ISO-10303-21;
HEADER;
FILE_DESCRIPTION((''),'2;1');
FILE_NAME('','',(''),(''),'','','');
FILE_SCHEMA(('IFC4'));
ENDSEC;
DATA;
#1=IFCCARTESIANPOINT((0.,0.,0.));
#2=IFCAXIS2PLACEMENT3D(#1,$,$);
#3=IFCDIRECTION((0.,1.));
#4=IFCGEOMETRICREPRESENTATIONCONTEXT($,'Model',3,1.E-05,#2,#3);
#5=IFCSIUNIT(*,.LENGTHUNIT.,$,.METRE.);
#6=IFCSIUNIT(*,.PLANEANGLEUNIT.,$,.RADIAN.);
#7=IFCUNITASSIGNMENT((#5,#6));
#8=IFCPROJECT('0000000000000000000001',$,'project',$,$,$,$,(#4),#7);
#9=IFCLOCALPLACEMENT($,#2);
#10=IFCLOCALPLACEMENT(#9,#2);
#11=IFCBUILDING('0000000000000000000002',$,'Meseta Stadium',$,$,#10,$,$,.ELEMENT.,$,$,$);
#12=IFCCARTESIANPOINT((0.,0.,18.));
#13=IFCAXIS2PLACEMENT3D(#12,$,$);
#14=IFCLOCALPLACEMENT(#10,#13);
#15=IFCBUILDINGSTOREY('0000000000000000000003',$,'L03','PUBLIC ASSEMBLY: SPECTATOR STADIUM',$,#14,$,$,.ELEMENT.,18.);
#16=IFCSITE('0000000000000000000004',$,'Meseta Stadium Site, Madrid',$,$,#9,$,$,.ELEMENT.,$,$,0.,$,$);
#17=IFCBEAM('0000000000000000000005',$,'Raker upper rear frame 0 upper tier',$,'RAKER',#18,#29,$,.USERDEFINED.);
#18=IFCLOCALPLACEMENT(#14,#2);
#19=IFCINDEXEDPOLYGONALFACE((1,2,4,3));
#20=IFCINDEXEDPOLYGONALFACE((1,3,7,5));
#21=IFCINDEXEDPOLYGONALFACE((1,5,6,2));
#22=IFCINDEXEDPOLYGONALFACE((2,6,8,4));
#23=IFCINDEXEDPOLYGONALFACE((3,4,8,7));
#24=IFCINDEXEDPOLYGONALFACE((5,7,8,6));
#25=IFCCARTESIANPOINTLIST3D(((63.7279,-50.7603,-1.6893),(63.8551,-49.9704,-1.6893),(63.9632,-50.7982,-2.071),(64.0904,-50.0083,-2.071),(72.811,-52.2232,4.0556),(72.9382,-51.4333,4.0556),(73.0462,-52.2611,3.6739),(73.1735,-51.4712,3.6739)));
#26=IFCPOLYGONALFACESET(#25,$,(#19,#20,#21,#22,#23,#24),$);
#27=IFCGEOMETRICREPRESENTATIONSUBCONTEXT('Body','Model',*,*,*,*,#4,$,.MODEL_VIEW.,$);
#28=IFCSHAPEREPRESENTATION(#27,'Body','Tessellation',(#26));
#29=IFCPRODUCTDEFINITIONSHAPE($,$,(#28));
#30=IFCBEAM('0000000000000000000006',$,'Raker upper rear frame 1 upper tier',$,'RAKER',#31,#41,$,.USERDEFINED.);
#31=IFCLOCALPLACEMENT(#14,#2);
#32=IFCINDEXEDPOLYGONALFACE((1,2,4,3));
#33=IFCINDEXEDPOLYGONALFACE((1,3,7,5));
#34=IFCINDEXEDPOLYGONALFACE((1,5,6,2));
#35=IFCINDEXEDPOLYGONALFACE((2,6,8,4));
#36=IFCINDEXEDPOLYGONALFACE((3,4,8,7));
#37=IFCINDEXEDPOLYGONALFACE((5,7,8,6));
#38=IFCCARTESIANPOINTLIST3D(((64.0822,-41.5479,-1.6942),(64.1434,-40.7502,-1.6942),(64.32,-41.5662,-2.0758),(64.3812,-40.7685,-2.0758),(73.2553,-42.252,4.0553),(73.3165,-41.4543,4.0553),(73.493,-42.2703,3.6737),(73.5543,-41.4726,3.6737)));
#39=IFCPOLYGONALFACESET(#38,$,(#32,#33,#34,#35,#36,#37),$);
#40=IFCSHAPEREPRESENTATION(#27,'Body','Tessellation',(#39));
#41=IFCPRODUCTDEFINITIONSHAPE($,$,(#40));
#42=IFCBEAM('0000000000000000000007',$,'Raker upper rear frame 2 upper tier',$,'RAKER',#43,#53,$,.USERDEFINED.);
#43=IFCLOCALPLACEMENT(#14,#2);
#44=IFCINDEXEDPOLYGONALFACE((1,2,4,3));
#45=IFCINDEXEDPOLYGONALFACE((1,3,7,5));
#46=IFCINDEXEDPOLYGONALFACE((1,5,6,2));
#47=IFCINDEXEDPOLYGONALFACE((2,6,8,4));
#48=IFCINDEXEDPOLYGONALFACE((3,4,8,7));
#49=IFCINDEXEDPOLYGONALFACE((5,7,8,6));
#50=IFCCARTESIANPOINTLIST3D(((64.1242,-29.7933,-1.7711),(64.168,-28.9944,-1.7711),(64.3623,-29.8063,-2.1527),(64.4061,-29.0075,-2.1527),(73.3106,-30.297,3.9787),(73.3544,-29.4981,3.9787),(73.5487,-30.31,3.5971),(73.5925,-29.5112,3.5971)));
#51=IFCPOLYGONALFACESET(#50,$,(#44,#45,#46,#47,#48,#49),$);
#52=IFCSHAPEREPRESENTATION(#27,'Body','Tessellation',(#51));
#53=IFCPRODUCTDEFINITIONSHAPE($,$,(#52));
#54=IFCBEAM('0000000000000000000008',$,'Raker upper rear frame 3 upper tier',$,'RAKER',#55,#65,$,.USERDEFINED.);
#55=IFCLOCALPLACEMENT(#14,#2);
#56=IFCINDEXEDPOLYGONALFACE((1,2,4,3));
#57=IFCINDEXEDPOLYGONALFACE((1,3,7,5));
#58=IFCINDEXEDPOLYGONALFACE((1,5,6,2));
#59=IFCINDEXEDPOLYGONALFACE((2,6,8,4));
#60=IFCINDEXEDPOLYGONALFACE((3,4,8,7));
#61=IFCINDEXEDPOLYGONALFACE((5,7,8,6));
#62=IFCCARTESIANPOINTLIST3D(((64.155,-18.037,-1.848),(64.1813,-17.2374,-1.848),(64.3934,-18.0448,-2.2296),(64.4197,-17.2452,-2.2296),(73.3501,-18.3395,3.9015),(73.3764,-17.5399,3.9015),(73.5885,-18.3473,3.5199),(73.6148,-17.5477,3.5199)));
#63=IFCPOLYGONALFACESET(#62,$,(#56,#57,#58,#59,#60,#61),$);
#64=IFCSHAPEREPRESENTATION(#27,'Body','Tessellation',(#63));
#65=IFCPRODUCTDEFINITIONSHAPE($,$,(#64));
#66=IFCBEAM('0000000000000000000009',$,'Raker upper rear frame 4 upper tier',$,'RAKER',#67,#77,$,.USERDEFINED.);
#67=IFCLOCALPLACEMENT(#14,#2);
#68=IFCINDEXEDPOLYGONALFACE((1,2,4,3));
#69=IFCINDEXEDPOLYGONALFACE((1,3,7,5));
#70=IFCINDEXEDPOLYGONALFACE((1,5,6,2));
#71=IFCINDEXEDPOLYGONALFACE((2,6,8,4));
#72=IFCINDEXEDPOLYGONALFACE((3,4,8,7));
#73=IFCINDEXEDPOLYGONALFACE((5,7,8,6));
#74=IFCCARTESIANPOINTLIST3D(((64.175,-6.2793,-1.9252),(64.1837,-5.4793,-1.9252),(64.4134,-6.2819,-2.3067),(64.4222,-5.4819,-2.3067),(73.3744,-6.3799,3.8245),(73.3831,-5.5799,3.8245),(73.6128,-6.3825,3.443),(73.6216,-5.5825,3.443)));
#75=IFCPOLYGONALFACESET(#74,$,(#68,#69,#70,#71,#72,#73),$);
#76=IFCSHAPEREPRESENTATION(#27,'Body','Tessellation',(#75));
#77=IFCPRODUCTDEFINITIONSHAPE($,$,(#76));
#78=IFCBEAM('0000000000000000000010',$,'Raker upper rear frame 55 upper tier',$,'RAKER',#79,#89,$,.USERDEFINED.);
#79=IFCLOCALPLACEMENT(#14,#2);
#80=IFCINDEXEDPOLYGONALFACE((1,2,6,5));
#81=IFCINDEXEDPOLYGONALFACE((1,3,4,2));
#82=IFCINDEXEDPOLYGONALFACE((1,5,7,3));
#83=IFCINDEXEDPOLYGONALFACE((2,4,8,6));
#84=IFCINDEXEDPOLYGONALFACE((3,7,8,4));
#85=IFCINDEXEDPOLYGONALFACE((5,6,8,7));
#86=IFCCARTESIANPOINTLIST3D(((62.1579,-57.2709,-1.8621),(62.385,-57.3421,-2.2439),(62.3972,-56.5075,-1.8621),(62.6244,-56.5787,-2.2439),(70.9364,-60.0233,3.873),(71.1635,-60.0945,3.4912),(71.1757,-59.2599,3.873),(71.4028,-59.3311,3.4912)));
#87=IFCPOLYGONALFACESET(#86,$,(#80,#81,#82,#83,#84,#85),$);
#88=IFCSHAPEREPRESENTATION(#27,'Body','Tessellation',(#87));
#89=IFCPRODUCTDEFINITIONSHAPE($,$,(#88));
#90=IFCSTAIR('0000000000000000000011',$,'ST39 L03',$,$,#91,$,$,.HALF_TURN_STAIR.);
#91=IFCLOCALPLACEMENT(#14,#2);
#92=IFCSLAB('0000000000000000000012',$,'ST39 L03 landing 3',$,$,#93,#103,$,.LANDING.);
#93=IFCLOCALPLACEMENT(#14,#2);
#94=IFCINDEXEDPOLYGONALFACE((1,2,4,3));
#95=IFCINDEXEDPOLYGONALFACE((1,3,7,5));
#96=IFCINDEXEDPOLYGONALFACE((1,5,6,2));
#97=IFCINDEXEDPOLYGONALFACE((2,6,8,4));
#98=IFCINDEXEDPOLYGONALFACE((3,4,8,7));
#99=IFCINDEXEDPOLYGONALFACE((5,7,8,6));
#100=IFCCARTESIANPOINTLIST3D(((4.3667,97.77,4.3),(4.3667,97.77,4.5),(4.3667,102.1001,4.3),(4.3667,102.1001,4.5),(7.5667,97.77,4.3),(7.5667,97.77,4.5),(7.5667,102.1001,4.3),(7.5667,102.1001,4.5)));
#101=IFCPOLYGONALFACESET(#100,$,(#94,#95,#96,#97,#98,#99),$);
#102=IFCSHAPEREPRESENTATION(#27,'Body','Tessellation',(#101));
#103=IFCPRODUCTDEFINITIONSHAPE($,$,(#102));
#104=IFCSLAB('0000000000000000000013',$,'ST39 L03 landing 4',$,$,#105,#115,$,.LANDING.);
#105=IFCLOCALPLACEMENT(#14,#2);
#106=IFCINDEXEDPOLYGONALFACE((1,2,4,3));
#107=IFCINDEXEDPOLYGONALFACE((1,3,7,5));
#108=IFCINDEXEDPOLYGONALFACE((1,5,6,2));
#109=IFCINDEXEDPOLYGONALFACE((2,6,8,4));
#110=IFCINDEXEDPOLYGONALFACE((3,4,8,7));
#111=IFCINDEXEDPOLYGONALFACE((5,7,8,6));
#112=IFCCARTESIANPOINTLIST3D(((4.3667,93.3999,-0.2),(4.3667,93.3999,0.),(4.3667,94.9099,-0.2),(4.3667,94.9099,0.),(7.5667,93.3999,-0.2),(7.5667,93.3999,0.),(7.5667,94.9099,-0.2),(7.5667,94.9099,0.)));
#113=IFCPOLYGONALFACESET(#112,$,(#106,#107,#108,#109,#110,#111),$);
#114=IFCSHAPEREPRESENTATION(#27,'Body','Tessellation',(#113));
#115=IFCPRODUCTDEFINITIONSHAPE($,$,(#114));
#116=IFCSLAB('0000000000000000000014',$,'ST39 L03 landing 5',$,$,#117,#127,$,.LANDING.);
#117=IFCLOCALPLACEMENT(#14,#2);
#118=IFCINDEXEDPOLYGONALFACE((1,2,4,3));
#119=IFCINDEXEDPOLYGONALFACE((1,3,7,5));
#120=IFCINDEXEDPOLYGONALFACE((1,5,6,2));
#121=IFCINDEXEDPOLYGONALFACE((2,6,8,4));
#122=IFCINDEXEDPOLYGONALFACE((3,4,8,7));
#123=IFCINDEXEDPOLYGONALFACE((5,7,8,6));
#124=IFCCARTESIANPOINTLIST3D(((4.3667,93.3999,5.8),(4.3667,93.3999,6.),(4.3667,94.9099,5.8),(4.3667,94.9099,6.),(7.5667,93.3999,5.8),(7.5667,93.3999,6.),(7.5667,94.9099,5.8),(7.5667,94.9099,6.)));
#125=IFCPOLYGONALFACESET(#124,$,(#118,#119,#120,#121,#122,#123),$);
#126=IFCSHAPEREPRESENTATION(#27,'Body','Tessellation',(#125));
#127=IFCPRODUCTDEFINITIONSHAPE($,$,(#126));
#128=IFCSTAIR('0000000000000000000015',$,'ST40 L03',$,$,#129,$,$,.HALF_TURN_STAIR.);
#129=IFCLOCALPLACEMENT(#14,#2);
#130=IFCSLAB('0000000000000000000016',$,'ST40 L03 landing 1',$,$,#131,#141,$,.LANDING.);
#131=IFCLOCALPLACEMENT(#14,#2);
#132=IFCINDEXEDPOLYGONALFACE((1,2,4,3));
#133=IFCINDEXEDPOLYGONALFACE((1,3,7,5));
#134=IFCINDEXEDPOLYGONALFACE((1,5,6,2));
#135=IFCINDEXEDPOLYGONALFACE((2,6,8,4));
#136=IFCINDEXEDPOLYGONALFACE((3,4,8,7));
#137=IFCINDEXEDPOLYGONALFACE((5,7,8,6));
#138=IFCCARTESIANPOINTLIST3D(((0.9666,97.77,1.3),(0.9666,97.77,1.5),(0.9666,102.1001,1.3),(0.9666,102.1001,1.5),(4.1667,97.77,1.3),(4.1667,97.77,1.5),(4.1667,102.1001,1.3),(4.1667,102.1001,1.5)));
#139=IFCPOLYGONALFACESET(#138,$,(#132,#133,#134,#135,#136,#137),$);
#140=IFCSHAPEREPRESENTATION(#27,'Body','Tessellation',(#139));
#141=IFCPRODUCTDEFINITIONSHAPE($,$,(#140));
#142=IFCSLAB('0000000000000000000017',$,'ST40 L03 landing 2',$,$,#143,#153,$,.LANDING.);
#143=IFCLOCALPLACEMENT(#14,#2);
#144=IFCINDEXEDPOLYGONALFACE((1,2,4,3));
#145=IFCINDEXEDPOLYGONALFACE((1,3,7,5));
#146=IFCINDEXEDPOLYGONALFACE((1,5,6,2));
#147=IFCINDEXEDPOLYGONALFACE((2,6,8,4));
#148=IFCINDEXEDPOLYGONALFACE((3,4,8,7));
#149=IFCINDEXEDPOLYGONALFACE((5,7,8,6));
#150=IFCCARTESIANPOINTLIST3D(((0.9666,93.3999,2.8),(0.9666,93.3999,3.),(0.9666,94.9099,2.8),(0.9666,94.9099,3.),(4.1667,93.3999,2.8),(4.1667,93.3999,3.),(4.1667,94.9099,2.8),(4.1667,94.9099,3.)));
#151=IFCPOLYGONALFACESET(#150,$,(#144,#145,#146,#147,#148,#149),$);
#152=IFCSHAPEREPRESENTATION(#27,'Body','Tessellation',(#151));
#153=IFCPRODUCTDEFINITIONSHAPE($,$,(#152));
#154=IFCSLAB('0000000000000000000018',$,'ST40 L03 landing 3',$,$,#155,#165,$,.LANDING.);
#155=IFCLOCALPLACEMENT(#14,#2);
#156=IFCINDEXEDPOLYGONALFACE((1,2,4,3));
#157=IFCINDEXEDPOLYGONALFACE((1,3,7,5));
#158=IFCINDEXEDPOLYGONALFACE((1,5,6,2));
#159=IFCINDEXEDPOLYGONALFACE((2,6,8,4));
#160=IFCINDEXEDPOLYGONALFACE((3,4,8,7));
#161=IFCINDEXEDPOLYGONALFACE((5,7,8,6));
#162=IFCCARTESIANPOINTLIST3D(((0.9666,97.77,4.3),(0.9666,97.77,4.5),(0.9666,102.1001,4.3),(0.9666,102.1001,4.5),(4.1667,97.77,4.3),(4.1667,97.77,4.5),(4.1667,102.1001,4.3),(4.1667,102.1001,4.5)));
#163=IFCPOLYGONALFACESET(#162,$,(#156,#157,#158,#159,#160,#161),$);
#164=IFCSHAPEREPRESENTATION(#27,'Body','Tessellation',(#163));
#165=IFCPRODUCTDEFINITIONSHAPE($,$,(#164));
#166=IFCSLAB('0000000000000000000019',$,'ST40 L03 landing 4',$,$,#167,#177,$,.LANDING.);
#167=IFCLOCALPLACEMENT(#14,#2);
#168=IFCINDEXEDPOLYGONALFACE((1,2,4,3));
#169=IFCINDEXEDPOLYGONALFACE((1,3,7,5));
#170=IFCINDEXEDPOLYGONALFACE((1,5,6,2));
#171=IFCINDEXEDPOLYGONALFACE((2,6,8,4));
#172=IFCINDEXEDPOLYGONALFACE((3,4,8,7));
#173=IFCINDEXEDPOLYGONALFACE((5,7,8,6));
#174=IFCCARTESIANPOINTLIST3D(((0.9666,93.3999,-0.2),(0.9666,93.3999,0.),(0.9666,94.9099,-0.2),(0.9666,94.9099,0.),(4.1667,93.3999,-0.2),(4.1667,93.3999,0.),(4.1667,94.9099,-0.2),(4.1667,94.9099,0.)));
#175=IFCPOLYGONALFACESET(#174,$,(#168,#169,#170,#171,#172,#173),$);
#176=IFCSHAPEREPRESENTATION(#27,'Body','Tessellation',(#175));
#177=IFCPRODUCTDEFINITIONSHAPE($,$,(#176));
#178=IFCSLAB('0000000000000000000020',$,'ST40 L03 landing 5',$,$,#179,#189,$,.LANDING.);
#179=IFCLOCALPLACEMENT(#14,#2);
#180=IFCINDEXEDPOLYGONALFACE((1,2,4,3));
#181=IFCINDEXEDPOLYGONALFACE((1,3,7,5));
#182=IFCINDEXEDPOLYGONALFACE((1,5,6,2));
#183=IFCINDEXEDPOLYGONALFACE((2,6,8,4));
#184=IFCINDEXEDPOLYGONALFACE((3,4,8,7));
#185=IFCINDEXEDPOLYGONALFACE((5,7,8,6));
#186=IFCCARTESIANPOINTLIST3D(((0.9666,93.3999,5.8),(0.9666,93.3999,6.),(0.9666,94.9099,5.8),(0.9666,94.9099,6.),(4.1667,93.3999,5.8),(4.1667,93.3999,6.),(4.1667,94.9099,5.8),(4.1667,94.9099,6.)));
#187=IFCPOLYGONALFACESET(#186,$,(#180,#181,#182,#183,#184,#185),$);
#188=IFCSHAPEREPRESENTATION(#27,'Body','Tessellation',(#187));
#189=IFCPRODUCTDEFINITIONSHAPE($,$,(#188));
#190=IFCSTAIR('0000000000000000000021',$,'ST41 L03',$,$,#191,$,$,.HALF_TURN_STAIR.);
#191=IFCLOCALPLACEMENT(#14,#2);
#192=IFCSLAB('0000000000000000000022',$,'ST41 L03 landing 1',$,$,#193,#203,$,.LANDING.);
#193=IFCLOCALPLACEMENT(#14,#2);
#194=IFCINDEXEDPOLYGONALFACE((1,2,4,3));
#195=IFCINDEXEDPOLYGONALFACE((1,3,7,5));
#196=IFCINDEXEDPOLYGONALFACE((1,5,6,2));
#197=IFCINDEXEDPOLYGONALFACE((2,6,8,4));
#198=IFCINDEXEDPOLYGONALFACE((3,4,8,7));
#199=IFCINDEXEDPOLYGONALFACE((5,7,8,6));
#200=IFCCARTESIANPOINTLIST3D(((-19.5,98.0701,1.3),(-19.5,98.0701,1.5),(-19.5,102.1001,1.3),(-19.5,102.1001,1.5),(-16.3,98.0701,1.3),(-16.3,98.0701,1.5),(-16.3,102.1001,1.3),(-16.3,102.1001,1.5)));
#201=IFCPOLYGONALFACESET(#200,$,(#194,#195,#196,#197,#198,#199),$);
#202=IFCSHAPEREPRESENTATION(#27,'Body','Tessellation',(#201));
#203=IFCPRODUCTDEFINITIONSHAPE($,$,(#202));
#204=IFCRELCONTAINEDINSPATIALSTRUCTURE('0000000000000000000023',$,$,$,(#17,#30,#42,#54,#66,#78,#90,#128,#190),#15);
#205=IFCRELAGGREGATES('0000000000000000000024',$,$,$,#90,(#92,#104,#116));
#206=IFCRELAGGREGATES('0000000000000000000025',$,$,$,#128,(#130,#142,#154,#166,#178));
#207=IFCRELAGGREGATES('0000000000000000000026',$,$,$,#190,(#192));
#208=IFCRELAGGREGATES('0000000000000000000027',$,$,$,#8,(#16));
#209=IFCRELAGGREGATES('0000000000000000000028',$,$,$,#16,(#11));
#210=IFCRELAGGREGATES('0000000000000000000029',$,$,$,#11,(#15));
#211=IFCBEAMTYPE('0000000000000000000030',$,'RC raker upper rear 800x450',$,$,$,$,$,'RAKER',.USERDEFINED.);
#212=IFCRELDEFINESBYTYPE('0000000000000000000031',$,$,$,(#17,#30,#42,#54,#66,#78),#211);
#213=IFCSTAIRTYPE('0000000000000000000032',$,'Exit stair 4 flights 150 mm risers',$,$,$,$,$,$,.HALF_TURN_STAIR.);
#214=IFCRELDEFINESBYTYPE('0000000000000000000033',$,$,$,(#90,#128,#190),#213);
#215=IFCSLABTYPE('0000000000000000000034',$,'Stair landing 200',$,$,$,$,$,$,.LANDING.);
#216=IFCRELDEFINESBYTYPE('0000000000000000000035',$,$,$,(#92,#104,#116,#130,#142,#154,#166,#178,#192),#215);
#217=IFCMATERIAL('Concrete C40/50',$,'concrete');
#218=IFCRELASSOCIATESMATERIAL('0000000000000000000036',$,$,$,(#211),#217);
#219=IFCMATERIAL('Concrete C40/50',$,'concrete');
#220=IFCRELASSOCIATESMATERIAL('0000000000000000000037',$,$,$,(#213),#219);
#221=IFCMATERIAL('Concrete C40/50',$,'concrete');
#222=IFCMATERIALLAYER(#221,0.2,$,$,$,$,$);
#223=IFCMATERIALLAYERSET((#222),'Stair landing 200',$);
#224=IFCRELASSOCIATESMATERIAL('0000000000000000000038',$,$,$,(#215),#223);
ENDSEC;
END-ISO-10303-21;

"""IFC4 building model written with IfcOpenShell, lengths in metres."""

from ifc_helpers import new_model, si_unit, direction, frame, origin, origin_2d, place, context, subcontext, project, spatial, polyline, rectangle, outline, extrude, material, layer, layer_set, material_profile, profile_set, type_object, element, aggregate, save


model = new_model("IFC4")

# Units and contexts
model_context = context("Model", 3, precision=1e-05, world=origin(), true_north=direction((0.0, 1.0)))
body_context = subcontext(model_context, "Body", "Model", "MODEL_VIEW")
ifc_project = project(units=[si_unit("LENGTHUNIT", "METRE"), si_unit("PLANEANGLEUNIT", "RADIAN")], contexts=[model_context])

# Site, building, storey
site_placement = place(None, origin())
site = spatial("IfcSite", under=ifc_project, at=site_placement, Name="Meseta Stadium Site, Madrid", CompositionType="ELEMENT", RefElevation=0.0)
building_placement = place(site_placement, origin())
building = spatial("IfcBuilding", under=site, at=building_placement, Name="Meseta Stadium", CompositionType="ELEMENT")
storey_placement = place(building_placement, frame((0.0, 0.0, 18.0)))
storey = spatial("IfcBuildingStorey", under=building, at=storey_placement, Name="L03", Description="PUBLIC ASSEMBLY: SPECTATOR STADIUM", CompositionType="ELEMENT", Elevation=18.0)

# Beams
ifc_material_1 = material(Name="Concrete C40/50", Category="concrete")
ifc_material_profile = material_profile(ifc_material_1, rectangle(XDim=0.8, YDim=0.45, at=origin_2d()), Name="RC 800x450")
ifc_profile_set = profile_set([ifc_material_profile], Name="Concrete C40/50")
beam_type = type_object("IfcBeamType", Name="RC raker upper rear 800x450", ElementType="RAKER", PredefinedType="USERDEFINED", material=ifc_profile_set)
beam_1_placement = place(storey_placement, frame((63.9092, -50.3843, -1.8801), z_axis=(0.837421, -0.134873, 0.529657), x_axis=(0.159009, 0.987277, 0.0)))
element("IfcBeam", 1, at=beam_1_placement, inside=storey, type_object=beam_type, Name="Raker upper rear frame 0 upper tier", ObjectType="RAKER", PredefinedType="USERDEFINED", context=body_context, shape_type="SweptSolid", body=[
    extrude(rectangle(XDim=0.8, YDim=0.45, at=origin_2d()), origin(), (0.0, 0.0, 1.0), 10.8464),
])
beam_2_placement = place(storey_placement, frame((64.2317, -41.1582, -1.885), z_axis=(0.845533, -0.064901, 0.529963), x_axis=(0.076532, 0.997067, 0.0)))
element("IfcBeam", 2, at=beam_2_placement, inside=storey, type_object=beam_type, Name="Raker upper rear frame 1 upper tier", ObjectType="RAKER", PredefinedType="USERDEFINED", context=body_context, shape_type="SweptSolid", body=[
    extrude(rectangle(XDim=0.8, YDim=0.45, at=origin_2d()), origin(), (0.0, 0.0, 1.0), 10.8489),
])
beam_3_placement = place(storey_placement, frame((64.2651, -29.4004, -1.9619), z_axis=(0.846739, -0.046425, 0.52998), x_axis=(0.054745, 0.9985, 0.0)))
element("IfcBeam", 3, at=beam_3_placement, inside=storey, type_object=beam_type, Name="Raker upper rear frame 2 upper tier", ObjectType="RAKER", PredefinedType="USERDEFINED", context=body_context, shape_type="SweptSolid", body=[
    extrude(rectangle(XDim=0.8, YDim=0.45, at=origin_2d()), origin(), (0.0, 0.0, 1.0), 10.8491),
])
for number, where, z_axis, x_axis, name in (
    (4, (64.2874, -17.6411, -2.0388), (0.847561, -0.027882, 0.529965), (0.032879, 0.999459, 0.0), "Raker upper rear frame 3 upper tier"),
    (5, (64.2986, -5.8806, -2.116), (0.847958, -0.009271, 0.529982), (0.010933, 0.99994, 0.0), "Raker upper rear frame 4 upper tier"),
):
    element("IfcBeam", number, at=place(storey_placement, frame(where, z_axis=z_axis, x_axis=x_axis)), inside=storey, type_object=beam_type, Name=name, ObjectType="RAKER", PredefinedType="USERDEFINED", context=body_context, shape_type="SweptSolid", body=[
        extrude(rectangle(XDim=0.8, YDim=0.45, at=origin_2d()), origin(), (0.0, 0.0, 1.0), 10.8489),
    ])
beam_4_placement = place(storey_placement, frame((62.3911, -56.9248, -2.053), z_axis=(0.809745, -0.253888, 0.529013), x_axis=(0.29918, 0.954197, 0.0)))
element("IfcBeam", 6, at=beam_4_placement, inside=storey, type_object=beam_type, Name="Raker upper rear frame 55 upper tier", ObjectType="RAKER", PredefinedType="USERDEFINED", context=body_context, shape_type="SweptSolid", body=[
    extrude(rectangle(XDim=0.8, YDim=0.45, at=origin_2d()), origin(), (0.0, 0.0, 1.0), 10.8411),
])

# Stairs, slabs
ifc_material_2 = material(Name="Concrete C40/50", Category="concrete")
stair_type = type_object("IfcStairType", Name="Exit stair 4 flights 150 mm risers", PredefinedType="HALF_TURN_STAIR", material=ifc_material_2)
stair_1_placement = place(storey_placement, origin())
stair_1 = element("IfcStair", 7, at=stair_1_placement, inside=storey, type_object=stair_type, Name="ST39 L03", PredefinedType="HALF_TURN_STAIR")
ifc_material_3 = material(Name="Concrete C40/50", Category="concrete")
ifc_layer = layer(ifc_material_3, 0.2)
ifc_layer_set = layer_set([ifc_layer], Name="Stair landing 200")
slab_type = type_object("IfcSlabType", Name="Stair landing 200", PredefinedType="LANDING", material=ifc_layer_set)
slab_1_placement = place(storey_placement, frame((0.0, 0.0, 4.3)))
slab_1 = element("IfcSlab", 8, at=slab_1_placement, type_object=slab_type, Name="ST39 L03 landing 3", PredefinedType="LANDING", context=body_context, shape_type="SweptSolid", body=[
    extrude(outline(polyline([(7.5667, 97.77), (7.5667, 102.1001), (4.3667, 102.1001), (4.3667, 97.77), (7.5667, 97.77)])), origin(), (0.0, 0.0, 1.0), 0.2),
])
slab_2_placement = place(storey_placement, frame((0.0, 0.0, -0.2)))
slab_2 = element("IfcSlab", 9, at=slab_2_placement, type_object=slab_type, Name="ST39 L03 landing 4", PredefinedType="LANDING", context=body_context, shape_type="SweptSolid", body=[
    extrude(outline(polyline([(7.5667, 93.3999), (7.5667, 94.9099), (4.3667, 94.9099), (4.3667, 93.3999), (7.5667, 93.3999)])), origin(), (0.0, 0.0, 1.0), 0.2),
])
slab_3_placement = place(storey_placement, frame((0.0, 0.0, 5.8)))
slab_3 = element("IfcSlab", 10, at=slab_3_placement, type_object=slab_type, Name="ST39 L03 landing 5", PredefinedType="LANDING", context=body_context, shape_type="SweptSolid", body=[
    extrude(outline(polyline([(7.5667, 93.3999), (7.5667, 94.9099), (4.3667, 94.9099), (4.3667, 93.3999), (7.5667, 93.3999)])), origin(), (0.0, 0.0, 1.0), 0.2),
])
aggregate(stair_1, [slab_1, slab_2, slab_3])
stair_2_placement = place(storey_placement, origin())
stair_2 = element("IfcStair", 11, at=stair_2_placement, inside=storey, type_object=stair_type, Name="ST40 L03", PredefinedType="HALF_TURN_STAIR")
slab_4_placement = place(storey_placement, frame((0.0, 0.0, 1.3)))
slab_4 = element("IfcSlab", 12, at=slab_4_placement, type_object=slab_type, Name="ST40 L03 landing 1", PredefinedType="LANDING", context=body_context, shape_type="SweptSolid", body=[
    extrude(outline(polyline([(4.1667, 97.77), (4.1667, 102.1001), (0.9666, 102.1001), (0.9666, 97.77), (4.1667, 97.77)])), origin(), (0.0, 0.0, 1.0), 0.2),
])
slab_5_placement = place(storey_placement, frame((0.0, 0.0, 2.8)))
slab_5 = element("IfcSlab", 13, at=slab_5_placement, type_object=slab_type, Name="ST40 L03 landing 2", PredefinedType="LANDING", context=body_context, shape_type="SweptSolid", body=[
    extrude(outline(polyline([(4.1667, 93.3999), (4.1667, 94.9099), (0.9666, 94.9099), (0.9666, 93.3999), (4.1667, 93.3999)])), origin(), (0.0, 0.0, 1.0), 0.2),
])
slab_6_placement = place(storey_placement, frame((0.0, 0.0, 4.3)))
slab_6 = element("IfcSlab", 14, at=slab_6_placement, type_object=slab_type, Name="ST40 L03 landing 3", PredefinedType="LANDING", context=body_context, shape_type="SweptSolid", body=[
    extrude(outline(polyline([(4.1667, 97.77), (4.1667, 102.1001), (0.9666, 102.1001), (0.9666, 97.77), (4.1667, 97.77)])), origin(), (0.0, 0.0, 1.0), 0.2),
])
slab_7_placement = place(storey_placement, frame((0.0, 0.0, -0.2)))
slab_7 = element("IfcSlab", 15, at=slab_7_placement, type_object=slab_type, Name="ST40 L03 landing 4", PredefinedType="LANDING", context=body_context, shape_type="SweptSolid", body=[
    extrude(outline(polyline([(4.1667, 93.3999), (4.1667, 94.9099), (0.9666, 94.9099), (0.9666, 93.3999), (4.1667, 93.3999)])), origin(), (0.0, 0.0, 1.0), 0.2),
])
slab_8_placement = place(storey_placement, frame((0.0, 0.0, 5.8)))
slab_8 = element("IfcSlab", 16, at=slab_8_placement, type_object=slab_type, Name="ST40 L03 landing 5", PredefinedType="LANDING", context=body_context, shape_type="SweptSolid", body=[
    extrude(outline(polyline([(4.1667, 93.3999), (4.1667, 94.9099), (0.9666, 94.9099), (0.9666, 93.3999), (4.1667, 93.3999)])), origin(), (0.0, 0.0, 1.0), 0.2),
])
aggregate(stair_2, [slab_4, slab_5, slab_6, slab_7, slab_8])
stair_3_placement = place(storey_placement, origin())
stair_3 = element("IfcStair", 17, at=stair_3_placement, inside=storey, type_object=stair_type, Name="ST41 L03", PredefinedType="HALF_TURN_STAIR")
slab_9_placement = place(storey_placement, frame((0.0, 0.0, 1.3)))
slab_9 = element("IfcSlab", 18, at=slab_9_placement, type_object=slab_type, Name="ST41 L03 landing 1", PredefinedType="LANDING", context=body_context, shape_type="SweptSolid", body=[
    extrude(outline(polyline([(-16.3, 98.0701), (-16.3, 102.1001), (-19.5, 102.1001), (-19.5, 98.0701), (-16.3, 98.0701)])), origin(), (0.0, 0.0, 1.0), 0.2),
])
aggregate(stair_3, [slab_9])

save(model, "model.ifc")
